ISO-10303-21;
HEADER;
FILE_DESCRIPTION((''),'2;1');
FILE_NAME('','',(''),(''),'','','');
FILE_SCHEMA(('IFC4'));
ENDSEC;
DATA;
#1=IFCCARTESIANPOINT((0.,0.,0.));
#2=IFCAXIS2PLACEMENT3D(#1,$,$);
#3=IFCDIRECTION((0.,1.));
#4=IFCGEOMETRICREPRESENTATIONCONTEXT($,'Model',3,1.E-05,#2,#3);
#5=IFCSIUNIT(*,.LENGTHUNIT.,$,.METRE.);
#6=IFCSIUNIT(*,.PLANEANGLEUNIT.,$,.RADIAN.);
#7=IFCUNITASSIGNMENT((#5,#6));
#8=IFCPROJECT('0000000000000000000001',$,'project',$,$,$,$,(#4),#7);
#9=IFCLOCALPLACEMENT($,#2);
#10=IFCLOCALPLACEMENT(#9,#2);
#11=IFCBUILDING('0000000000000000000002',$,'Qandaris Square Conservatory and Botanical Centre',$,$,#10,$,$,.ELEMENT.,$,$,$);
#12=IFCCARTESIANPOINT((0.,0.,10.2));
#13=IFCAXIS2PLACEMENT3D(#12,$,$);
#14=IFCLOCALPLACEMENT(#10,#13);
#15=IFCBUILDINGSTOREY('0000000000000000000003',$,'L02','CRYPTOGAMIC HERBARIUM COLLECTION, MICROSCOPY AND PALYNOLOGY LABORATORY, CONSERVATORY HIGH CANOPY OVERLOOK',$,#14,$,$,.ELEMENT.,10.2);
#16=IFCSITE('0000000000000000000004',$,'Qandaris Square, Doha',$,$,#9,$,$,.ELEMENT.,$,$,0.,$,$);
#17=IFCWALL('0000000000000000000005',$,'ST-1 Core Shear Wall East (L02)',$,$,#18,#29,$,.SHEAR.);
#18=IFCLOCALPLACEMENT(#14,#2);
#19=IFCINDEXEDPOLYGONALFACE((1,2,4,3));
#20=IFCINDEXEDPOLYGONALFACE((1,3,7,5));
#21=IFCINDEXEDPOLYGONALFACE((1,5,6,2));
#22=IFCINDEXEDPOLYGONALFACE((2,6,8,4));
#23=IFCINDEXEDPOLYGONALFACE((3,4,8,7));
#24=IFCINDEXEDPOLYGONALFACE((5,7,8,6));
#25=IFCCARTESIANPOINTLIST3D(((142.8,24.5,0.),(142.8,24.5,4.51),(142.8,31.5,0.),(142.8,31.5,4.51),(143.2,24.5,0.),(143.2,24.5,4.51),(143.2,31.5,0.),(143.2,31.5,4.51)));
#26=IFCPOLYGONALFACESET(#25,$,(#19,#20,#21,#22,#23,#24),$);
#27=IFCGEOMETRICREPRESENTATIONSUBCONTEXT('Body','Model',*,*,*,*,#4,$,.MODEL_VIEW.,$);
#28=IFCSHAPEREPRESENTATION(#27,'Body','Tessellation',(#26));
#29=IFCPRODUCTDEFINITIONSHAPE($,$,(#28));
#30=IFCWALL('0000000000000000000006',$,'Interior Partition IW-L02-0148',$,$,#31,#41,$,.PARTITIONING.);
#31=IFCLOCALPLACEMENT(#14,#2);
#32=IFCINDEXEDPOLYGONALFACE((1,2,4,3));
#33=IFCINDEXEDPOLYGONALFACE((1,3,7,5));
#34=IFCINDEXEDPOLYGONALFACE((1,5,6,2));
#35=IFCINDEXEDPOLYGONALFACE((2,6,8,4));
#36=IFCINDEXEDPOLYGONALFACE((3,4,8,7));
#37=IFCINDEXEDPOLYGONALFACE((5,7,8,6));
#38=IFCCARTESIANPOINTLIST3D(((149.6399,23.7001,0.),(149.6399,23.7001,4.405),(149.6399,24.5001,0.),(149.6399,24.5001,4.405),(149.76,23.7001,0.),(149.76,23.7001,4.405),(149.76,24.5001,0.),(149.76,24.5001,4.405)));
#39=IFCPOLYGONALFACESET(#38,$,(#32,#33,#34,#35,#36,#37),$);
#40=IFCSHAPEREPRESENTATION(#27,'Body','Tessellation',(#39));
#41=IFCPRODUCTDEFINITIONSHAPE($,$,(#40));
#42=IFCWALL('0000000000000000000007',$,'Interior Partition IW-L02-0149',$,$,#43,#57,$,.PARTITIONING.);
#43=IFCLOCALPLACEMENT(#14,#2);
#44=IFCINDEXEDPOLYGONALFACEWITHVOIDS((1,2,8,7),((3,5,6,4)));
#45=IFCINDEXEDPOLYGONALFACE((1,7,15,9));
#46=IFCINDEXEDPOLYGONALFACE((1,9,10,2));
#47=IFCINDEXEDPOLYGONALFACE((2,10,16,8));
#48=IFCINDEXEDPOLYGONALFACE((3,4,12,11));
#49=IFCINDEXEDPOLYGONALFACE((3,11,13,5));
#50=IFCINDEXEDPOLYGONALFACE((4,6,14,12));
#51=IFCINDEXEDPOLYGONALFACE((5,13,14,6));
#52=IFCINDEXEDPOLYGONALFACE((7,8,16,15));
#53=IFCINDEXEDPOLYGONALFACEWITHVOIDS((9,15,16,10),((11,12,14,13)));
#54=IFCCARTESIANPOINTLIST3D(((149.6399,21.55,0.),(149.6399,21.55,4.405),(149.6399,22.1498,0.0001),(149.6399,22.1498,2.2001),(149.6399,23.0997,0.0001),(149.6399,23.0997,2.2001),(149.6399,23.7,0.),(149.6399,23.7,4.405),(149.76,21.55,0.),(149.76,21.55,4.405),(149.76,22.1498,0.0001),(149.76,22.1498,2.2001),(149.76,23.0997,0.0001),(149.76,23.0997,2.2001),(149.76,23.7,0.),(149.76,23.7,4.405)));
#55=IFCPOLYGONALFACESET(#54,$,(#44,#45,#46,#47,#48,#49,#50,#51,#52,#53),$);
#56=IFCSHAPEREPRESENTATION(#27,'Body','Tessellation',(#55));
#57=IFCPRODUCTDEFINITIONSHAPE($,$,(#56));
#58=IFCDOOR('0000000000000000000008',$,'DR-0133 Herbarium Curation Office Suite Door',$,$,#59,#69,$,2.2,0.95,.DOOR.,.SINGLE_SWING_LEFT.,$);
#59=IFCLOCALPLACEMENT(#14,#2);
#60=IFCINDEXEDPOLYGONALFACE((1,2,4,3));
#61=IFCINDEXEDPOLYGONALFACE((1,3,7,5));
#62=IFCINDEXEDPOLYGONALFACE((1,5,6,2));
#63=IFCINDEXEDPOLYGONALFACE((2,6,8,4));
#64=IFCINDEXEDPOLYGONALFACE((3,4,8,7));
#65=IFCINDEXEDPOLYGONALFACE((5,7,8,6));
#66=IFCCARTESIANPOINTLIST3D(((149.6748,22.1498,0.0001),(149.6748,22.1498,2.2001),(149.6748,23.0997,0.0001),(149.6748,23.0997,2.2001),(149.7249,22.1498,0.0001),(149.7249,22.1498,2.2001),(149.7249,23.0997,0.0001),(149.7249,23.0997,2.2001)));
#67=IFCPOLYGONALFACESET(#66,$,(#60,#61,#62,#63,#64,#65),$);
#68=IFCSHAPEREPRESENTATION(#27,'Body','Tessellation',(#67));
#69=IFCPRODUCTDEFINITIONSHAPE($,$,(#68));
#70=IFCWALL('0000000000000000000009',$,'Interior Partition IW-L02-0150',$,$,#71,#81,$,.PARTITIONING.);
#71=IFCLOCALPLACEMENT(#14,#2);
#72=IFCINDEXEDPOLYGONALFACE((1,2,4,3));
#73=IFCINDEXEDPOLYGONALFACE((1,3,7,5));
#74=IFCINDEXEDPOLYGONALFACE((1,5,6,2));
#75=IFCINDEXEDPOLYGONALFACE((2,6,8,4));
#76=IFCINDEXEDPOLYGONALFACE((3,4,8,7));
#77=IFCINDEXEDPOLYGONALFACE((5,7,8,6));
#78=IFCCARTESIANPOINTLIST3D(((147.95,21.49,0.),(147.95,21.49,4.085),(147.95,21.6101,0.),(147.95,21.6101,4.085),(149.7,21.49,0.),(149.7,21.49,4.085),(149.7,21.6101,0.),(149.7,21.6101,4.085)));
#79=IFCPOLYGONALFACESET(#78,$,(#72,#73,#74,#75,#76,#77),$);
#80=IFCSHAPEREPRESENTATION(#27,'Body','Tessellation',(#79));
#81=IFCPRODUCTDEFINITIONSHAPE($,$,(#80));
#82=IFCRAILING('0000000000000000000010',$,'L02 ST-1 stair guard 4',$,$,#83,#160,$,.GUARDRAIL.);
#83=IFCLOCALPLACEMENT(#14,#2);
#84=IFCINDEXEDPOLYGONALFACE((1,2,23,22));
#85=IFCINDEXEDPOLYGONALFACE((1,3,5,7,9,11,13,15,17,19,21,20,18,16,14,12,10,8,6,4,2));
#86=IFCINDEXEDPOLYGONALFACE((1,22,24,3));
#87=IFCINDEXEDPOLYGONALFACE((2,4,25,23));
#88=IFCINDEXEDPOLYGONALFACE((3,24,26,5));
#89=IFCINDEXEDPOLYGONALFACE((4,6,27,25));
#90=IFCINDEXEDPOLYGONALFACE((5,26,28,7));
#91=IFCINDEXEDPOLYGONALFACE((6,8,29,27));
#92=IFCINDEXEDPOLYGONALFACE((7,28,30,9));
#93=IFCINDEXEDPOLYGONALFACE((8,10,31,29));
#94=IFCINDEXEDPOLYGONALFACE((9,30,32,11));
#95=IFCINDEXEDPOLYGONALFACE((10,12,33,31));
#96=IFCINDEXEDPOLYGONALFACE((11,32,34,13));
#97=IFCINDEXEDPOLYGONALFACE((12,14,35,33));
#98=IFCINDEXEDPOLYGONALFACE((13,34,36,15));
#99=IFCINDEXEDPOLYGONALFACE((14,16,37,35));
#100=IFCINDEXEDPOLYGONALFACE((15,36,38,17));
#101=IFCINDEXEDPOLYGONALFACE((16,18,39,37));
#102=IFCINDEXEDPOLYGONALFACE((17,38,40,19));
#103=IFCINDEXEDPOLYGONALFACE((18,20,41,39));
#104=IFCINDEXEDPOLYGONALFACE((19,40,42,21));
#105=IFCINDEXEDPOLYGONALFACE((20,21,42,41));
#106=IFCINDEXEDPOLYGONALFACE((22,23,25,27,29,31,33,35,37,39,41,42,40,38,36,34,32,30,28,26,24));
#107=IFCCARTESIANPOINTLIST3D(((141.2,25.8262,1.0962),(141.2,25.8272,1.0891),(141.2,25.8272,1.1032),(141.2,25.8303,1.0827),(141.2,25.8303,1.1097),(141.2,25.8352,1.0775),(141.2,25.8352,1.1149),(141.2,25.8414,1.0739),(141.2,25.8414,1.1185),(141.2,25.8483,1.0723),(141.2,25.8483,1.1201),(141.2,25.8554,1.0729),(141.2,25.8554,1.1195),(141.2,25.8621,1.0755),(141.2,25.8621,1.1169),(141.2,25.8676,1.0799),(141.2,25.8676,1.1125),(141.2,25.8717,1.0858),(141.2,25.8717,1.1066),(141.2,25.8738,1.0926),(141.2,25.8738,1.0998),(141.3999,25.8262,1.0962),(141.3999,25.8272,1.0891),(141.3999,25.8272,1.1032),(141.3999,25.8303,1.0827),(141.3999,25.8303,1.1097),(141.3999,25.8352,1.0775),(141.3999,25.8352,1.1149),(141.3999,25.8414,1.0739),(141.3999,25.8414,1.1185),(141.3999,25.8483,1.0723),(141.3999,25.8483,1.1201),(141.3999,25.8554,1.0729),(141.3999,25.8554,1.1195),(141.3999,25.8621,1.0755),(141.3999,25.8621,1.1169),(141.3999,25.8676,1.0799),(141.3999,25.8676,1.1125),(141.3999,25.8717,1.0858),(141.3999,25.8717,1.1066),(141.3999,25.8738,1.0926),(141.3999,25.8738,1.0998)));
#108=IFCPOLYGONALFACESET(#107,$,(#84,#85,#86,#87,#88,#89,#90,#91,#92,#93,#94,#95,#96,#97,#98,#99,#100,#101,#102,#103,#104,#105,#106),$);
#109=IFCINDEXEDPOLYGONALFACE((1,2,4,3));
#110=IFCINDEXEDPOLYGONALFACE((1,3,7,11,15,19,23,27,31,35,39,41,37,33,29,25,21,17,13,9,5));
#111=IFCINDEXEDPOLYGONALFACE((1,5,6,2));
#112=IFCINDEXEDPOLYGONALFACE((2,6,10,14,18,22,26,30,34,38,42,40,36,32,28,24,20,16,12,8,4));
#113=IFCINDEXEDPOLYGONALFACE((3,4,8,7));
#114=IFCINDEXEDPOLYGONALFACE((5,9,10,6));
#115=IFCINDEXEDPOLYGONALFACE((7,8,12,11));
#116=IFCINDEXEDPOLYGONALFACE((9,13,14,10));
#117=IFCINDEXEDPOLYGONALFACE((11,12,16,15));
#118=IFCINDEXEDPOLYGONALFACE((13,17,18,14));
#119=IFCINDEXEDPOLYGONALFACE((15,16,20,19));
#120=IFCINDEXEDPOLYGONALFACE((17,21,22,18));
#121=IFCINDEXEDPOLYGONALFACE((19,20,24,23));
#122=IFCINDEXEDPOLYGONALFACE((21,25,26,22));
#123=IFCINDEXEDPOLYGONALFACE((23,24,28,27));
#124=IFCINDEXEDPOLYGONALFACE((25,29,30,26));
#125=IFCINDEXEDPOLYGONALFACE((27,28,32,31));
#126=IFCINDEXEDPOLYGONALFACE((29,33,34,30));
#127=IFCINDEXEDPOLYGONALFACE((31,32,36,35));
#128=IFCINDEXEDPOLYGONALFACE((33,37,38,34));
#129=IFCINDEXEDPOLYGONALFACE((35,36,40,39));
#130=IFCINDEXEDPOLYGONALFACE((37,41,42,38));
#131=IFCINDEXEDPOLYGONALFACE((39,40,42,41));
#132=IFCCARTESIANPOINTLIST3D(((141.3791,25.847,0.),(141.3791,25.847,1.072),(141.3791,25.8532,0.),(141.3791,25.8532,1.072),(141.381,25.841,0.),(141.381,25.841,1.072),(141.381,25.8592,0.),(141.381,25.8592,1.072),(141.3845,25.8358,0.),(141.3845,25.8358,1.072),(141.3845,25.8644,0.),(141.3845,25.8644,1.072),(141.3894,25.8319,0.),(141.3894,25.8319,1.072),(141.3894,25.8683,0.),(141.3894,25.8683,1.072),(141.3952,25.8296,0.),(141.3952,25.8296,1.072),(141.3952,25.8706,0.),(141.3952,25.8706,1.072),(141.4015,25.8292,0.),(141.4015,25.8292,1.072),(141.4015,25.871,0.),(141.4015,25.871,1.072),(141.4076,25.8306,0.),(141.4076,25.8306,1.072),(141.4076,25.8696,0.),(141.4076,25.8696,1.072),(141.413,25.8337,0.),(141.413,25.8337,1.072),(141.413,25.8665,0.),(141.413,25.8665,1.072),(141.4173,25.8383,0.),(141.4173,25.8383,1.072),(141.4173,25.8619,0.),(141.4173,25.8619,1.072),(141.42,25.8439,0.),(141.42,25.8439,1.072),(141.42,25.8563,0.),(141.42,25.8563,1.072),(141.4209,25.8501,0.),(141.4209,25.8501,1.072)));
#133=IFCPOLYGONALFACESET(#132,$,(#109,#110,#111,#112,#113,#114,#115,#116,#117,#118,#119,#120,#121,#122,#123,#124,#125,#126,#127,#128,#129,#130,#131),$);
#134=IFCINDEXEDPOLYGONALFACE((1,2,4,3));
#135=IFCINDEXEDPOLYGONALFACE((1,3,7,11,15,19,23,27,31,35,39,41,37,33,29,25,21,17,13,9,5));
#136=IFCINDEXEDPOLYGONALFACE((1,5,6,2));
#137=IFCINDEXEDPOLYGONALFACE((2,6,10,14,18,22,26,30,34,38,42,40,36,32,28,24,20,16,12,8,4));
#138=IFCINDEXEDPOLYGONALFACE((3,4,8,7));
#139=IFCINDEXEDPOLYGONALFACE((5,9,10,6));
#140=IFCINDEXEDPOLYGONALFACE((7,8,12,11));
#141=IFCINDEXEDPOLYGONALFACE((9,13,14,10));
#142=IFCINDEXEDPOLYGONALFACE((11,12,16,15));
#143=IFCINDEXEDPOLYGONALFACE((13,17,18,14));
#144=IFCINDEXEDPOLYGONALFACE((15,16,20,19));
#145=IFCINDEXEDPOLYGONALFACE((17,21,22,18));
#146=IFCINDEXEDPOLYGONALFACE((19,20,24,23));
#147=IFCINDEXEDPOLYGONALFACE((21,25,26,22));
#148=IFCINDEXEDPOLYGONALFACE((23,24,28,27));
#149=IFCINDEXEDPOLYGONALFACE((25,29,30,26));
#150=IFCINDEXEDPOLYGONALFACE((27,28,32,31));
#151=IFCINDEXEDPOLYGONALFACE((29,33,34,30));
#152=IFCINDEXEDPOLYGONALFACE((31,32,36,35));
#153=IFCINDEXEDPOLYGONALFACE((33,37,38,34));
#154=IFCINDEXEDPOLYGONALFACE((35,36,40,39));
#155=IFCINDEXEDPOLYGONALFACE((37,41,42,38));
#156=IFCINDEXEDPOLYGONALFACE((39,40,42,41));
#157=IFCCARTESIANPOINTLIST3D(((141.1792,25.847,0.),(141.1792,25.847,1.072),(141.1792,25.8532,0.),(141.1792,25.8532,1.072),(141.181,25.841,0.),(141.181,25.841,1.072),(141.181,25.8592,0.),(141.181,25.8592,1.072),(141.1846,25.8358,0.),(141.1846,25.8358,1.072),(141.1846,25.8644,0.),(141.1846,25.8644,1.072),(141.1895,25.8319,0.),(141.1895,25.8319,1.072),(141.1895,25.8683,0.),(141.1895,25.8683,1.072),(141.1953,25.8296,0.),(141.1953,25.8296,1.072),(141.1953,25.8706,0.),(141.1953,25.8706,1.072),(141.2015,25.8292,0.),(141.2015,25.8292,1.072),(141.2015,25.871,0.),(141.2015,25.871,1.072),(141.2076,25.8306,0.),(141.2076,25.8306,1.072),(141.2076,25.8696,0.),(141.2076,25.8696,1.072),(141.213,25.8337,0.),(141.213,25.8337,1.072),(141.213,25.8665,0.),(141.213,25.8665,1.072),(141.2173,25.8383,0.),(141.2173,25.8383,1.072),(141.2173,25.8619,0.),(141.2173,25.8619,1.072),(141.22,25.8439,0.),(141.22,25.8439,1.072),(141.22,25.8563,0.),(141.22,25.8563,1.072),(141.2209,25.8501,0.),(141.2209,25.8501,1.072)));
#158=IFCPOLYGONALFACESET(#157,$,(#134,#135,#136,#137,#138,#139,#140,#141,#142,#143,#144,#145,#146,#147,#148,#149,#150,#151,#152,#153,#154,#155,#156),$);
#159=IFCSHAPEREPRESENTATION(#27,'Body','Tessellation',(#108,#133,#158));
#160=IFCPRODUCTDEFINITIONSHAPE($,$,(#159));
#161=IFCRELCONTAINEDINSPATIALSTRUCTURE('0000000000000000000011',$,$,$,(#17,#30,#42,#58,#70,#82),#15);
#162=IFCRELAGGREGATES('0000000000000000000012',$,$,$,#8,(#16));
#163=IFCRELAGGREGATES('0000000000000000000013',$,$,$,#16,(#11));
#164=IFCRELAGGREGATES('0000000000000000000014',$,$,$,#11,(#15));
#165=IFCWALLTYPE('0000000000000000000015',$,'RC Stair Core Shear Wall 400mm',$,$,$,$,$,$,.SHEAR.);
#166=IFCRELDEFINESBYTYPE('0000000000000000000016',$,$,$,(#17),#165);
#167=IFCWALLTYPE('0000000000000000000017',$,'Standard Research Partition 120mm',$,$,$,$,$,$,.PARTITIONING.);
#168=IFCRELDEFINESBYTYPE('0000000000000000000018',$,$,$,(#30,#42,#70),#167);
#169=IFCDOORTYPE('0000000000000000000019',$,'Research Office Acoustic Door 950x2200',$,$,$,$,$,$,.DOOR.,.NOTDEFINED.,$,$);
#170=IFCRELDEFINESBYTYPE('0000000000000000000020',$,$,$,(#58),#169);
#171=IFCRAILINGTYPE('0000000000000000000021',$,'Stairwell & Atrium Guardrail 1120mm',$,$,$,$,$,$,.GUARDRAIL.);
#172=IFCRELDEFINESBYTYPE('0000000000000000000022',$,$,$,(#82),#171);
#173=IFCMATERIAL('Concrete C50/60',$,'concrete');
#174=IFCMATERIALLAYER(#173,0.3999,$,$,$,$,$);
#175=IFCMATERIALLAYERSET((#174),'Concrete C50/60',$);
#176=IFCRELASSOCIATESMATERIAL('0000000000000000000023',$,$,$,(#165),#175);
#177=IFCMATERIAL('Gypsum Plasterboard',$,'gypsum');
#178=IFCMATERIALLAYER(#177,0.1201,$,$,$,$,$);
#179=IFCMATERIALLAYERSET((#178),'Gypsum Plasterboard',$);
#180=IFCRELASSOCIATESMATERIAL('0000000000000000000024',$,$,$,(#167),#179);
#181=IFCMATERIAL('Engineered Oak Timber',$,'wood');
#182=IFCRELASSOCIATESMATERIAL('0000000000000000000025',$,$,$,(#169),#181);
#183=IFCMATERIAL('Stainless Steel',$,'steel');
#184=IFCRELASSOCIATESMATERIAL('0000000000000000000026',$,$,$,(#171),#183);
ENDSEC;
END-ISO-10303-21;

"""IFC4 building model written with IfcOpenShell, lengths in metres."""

from ifc_helpers import new_model, si_unit, direction, frame, frame_2d, origin, origin_2d, place, context, subcontext, project, spatial, rectangle, circle, extrude, material, layer, layer_set, type_object, element, fill, save


model = new_model("IFC4")

# Units and contexts
model_context = context("Model", 3, precision=1e-05, world=origin(), true_north=direction((0.0, 1.0)))
body_context = subcontext(model_context, "Body", "Model", "MODEL_VIEW")
ifc_project = project(units=[si_unit("LENGTHUNIT", "METRE"), si_unit("PLANEANGLEUNIT", "RADIAN")], contexts=[model_context])

# Site, building, storey
site_placement = place(None, origin())
site = spatial("IfcSite", under=ifc_project, at=site_placement, Name="Qandaris Square, Doha", CompositionType="ELEMENT", RefElevation=0.0)
building_placement = place(site_placement, origin())
building = spatial("IfcBuilding", under=site, at=building_placement, Name="Qandaris Square Conservatory and Botanical Centre", CompositionType="ELEMENT")
storey_placement = place(building_placement, frame((0.0, 0.0, 10.2)))
storey = spatial("IfcBuildingStorey", under=building, at=storey_placement, Name="L02", Description="CRYPTOGAMIC HERBARIUM COLLECTION, MICROSCOPY AND PALYNOLOGY LABORATORY, CONSERVATORY HIGH CANOPY OVERLOOK", CompositionType="ELEMENT", Elevation=10.2)

# Shared definitions
ifc_material_1 = material(Name="Concrete C50/60", Category="concrete")

# Shared definitions
ifc_layer_1 = layer(ifc_material_1, 0.3999)
ifc_layer_set_1 = layer_set([ifc_layer_1], Name="Concrete C50/60")
wall_type_1 = type_object("IfcWallType", Name="RC Stair Core Shear Wall 400mm", PredefinedType="SHEAR", material=ifc_layer_set_1)

# Walls
for number, where, z_axis, x_axis, name in (
    (1, (143.0, 24.5, 0.0), (0.0, 0.0, 1.0), (0.0, 1.0, 0.0), "ST-1 Core Shear Wall East (L02)"),
):
    element("IfcWall", number, at=place(storey_placement, frame(where, z_axis=z_axis, x_axis=x_axis)), inside=storey, type_object=wall_type_1, Name=name, PredefinedType="SHEAR", context=body_context, shape_type="SweptSolid", body=[
        extrude(rectangle(XDim=7.0, YDim=0.3999, at=frame_2d((3.5, 0.0))), origin(), (0.0, 0.0, 1.0), 4.51),
    ])
ifc_material_2 = material(Name="Gypsum Plasterboard", Category="gypsum")
ifc_layer_2 = layer(ifc_material_2, 0.1201)
ifc_layer_set_2 = layer_set([ifc_layer_2], Name="Gypsum Plasterboard")
wall_type_2 = type_object("IfcWallType", Name="Standard Research Partition 120mm", PredefinedType="PARTITIONING", material=ifc_layer_set_2)
wall_1_placement = place(storey_placement, frame((149.7, 24.5, 0.0), z_axis=(0.0, 0.0, 1.0), x_axis=(0.0, -1.0, 0.0)))
element("IfcWall", 2, at=wall_1_placement, inside=storey, type_object=wall_type_2, Name="Interior Partition IW-L02-0148", PredefinedType="PARTITIONING", context=body_context, shape_type="SweptSolid", body=[
    extrude(rectangle(XDim=0.8, YDim=0.1201, at=frame_2d((0.3999, 0.0))), origin(), (0.0, 0.0, 1.0), 4.405),
])

# Wall, opening, door
wall_2_placement = place(storey_placement, frame((149.7, 23.7, 0.0), z_axis=(0.0, 0.0, 1.0), x_axis=(0.0, -1.0, 0.0)))
wall_2 = element("IfcWall", 3, at=wall_2_placement, inside=storey, type_object=wall_type_2, Name="Interior Partition IW-L02-0149", PredefinedType="PARTITIONING", context=body_context, shape_type="SweptSolid", body=[
    extrude(rectangle(XDim=2.1499, YDim=0.1201, at=frame_2d((1.075, 0.0))), origin(), (0.0, 0.0, 1.0), 4.405),
])
opening_1_placement = place(wall_2_placement, frame((0.6001, 0.0, 0.0)))
opening_1 = element("IfcOpeningElement", 4, at=opening_1_placement, cuts=wall_2, PredefinedType="OPENING", context=body_context, shape_type="SweptSolid", body=[
    extrude(rectangle(XDim=0.95, YDim=2.2, at=frame_2d((0.4751, 1.1001))), frame((0.0, 0.072, 0.0), z_axis=(0.0, -1.0, 0.0), x_axis=(1.0, 0.0, 0.0)), (0.0, 0.0, 1.0), 0.144),
])
ifc_material_3 = material(Name="Engineered Oak Timber", Category="wood")
door_type_1 = type_object("IfcDoorType", Name="Research Office Acoustic Door 950x2200", OperationType="NOTDEFINED", PredefinedType="DOOR", material=ifc_material_3)
door_1_placement = place(opening_1_placement, origin())
door_1 = element("IfcDoor", 5, at=door_1_placement, inside=storey, type_object=door_type_1, Name="DR-0133 Herbarium Curation Office Suite Door", OperationType="SINGLE_SWING_LEFT", OverallHeight=2.2, OverallWidth=0.95, PredefinedType="DOOR", context=body_context, shape_type="SweptSolid", body=[
    extrude(rectangle(XDim=0.95, YDim=2.2, at=frame_2d((0.4751, 1.1001))), frame((0.0, 0.0249, 0.0), z_axis=(0.0, -1.0, 0.0), x_axis=(1.0, 0.0, 0.0)), (0.0, 0.0, 1.0), 0.05),
])
fill(opening_1, door_1)

# Wall
wall_3_placement = place(storey_placement, frame((149.7, 21.55, 0.0), z_axis=(0.0, 0.0, 1.0), x_axis=(-1.0, 0.0, 0.0)))
element("IfcWall", 6, at=wall_3_placement, inside=storey, type_object=wall_type_2, Name="Interior Partition IW-L02-0150", PredefinedType="PARTITIONING", context=body_context, shape_type="SweptSolid", body=[
    extrude(rectangle(XDim=1.75, YDim=0.1201, at=frame_2d((0.875, 0.0))), origin(), (0.0, 0.0, 1.0), 4.085),
])

# Railing
ifc_material_4 = material(Name="Stainless Steel", Category="steel")
railing_type = type_object("IfcRailingType", Name="Stairwell & Atrium Guardrail 1120mm", PredefinedType="GUARDRAIL", material=ifc_material_4)
railing_placement = place(storey_placement, frame((141.3999, 25.8501, 0.0)))
element("IfcRailing", 7, at=railing_placement, inside=storey, type_object=railing_type, Name="L02 ST-1 stair guard 4", PredefinedType="GUARDRAIL", context=body_context, shape_type="SweptSolid", body=[
    extrude(circle(Radius=0.0239, at=origin_2d()), frame((0.0, 0.0, 1.0962), z_axis=(-1.0, 0.0, 0.0), x_axis=(0.0, -1.0, 0.0)), (0.0, 0.0, 1.0), 0.2),
    extrude(circle(Radius=0.021, at=origin_2d()), origin(), (0.0, 0.0, 1.0), 1.072),
    extrude(circle(Radius=0.021, at=origin_2d()), frame((-0.2, 0.0, 0.0)), (0.0, 0.0, 1.0), 1.072),
])

save(model, "model.ifc")
